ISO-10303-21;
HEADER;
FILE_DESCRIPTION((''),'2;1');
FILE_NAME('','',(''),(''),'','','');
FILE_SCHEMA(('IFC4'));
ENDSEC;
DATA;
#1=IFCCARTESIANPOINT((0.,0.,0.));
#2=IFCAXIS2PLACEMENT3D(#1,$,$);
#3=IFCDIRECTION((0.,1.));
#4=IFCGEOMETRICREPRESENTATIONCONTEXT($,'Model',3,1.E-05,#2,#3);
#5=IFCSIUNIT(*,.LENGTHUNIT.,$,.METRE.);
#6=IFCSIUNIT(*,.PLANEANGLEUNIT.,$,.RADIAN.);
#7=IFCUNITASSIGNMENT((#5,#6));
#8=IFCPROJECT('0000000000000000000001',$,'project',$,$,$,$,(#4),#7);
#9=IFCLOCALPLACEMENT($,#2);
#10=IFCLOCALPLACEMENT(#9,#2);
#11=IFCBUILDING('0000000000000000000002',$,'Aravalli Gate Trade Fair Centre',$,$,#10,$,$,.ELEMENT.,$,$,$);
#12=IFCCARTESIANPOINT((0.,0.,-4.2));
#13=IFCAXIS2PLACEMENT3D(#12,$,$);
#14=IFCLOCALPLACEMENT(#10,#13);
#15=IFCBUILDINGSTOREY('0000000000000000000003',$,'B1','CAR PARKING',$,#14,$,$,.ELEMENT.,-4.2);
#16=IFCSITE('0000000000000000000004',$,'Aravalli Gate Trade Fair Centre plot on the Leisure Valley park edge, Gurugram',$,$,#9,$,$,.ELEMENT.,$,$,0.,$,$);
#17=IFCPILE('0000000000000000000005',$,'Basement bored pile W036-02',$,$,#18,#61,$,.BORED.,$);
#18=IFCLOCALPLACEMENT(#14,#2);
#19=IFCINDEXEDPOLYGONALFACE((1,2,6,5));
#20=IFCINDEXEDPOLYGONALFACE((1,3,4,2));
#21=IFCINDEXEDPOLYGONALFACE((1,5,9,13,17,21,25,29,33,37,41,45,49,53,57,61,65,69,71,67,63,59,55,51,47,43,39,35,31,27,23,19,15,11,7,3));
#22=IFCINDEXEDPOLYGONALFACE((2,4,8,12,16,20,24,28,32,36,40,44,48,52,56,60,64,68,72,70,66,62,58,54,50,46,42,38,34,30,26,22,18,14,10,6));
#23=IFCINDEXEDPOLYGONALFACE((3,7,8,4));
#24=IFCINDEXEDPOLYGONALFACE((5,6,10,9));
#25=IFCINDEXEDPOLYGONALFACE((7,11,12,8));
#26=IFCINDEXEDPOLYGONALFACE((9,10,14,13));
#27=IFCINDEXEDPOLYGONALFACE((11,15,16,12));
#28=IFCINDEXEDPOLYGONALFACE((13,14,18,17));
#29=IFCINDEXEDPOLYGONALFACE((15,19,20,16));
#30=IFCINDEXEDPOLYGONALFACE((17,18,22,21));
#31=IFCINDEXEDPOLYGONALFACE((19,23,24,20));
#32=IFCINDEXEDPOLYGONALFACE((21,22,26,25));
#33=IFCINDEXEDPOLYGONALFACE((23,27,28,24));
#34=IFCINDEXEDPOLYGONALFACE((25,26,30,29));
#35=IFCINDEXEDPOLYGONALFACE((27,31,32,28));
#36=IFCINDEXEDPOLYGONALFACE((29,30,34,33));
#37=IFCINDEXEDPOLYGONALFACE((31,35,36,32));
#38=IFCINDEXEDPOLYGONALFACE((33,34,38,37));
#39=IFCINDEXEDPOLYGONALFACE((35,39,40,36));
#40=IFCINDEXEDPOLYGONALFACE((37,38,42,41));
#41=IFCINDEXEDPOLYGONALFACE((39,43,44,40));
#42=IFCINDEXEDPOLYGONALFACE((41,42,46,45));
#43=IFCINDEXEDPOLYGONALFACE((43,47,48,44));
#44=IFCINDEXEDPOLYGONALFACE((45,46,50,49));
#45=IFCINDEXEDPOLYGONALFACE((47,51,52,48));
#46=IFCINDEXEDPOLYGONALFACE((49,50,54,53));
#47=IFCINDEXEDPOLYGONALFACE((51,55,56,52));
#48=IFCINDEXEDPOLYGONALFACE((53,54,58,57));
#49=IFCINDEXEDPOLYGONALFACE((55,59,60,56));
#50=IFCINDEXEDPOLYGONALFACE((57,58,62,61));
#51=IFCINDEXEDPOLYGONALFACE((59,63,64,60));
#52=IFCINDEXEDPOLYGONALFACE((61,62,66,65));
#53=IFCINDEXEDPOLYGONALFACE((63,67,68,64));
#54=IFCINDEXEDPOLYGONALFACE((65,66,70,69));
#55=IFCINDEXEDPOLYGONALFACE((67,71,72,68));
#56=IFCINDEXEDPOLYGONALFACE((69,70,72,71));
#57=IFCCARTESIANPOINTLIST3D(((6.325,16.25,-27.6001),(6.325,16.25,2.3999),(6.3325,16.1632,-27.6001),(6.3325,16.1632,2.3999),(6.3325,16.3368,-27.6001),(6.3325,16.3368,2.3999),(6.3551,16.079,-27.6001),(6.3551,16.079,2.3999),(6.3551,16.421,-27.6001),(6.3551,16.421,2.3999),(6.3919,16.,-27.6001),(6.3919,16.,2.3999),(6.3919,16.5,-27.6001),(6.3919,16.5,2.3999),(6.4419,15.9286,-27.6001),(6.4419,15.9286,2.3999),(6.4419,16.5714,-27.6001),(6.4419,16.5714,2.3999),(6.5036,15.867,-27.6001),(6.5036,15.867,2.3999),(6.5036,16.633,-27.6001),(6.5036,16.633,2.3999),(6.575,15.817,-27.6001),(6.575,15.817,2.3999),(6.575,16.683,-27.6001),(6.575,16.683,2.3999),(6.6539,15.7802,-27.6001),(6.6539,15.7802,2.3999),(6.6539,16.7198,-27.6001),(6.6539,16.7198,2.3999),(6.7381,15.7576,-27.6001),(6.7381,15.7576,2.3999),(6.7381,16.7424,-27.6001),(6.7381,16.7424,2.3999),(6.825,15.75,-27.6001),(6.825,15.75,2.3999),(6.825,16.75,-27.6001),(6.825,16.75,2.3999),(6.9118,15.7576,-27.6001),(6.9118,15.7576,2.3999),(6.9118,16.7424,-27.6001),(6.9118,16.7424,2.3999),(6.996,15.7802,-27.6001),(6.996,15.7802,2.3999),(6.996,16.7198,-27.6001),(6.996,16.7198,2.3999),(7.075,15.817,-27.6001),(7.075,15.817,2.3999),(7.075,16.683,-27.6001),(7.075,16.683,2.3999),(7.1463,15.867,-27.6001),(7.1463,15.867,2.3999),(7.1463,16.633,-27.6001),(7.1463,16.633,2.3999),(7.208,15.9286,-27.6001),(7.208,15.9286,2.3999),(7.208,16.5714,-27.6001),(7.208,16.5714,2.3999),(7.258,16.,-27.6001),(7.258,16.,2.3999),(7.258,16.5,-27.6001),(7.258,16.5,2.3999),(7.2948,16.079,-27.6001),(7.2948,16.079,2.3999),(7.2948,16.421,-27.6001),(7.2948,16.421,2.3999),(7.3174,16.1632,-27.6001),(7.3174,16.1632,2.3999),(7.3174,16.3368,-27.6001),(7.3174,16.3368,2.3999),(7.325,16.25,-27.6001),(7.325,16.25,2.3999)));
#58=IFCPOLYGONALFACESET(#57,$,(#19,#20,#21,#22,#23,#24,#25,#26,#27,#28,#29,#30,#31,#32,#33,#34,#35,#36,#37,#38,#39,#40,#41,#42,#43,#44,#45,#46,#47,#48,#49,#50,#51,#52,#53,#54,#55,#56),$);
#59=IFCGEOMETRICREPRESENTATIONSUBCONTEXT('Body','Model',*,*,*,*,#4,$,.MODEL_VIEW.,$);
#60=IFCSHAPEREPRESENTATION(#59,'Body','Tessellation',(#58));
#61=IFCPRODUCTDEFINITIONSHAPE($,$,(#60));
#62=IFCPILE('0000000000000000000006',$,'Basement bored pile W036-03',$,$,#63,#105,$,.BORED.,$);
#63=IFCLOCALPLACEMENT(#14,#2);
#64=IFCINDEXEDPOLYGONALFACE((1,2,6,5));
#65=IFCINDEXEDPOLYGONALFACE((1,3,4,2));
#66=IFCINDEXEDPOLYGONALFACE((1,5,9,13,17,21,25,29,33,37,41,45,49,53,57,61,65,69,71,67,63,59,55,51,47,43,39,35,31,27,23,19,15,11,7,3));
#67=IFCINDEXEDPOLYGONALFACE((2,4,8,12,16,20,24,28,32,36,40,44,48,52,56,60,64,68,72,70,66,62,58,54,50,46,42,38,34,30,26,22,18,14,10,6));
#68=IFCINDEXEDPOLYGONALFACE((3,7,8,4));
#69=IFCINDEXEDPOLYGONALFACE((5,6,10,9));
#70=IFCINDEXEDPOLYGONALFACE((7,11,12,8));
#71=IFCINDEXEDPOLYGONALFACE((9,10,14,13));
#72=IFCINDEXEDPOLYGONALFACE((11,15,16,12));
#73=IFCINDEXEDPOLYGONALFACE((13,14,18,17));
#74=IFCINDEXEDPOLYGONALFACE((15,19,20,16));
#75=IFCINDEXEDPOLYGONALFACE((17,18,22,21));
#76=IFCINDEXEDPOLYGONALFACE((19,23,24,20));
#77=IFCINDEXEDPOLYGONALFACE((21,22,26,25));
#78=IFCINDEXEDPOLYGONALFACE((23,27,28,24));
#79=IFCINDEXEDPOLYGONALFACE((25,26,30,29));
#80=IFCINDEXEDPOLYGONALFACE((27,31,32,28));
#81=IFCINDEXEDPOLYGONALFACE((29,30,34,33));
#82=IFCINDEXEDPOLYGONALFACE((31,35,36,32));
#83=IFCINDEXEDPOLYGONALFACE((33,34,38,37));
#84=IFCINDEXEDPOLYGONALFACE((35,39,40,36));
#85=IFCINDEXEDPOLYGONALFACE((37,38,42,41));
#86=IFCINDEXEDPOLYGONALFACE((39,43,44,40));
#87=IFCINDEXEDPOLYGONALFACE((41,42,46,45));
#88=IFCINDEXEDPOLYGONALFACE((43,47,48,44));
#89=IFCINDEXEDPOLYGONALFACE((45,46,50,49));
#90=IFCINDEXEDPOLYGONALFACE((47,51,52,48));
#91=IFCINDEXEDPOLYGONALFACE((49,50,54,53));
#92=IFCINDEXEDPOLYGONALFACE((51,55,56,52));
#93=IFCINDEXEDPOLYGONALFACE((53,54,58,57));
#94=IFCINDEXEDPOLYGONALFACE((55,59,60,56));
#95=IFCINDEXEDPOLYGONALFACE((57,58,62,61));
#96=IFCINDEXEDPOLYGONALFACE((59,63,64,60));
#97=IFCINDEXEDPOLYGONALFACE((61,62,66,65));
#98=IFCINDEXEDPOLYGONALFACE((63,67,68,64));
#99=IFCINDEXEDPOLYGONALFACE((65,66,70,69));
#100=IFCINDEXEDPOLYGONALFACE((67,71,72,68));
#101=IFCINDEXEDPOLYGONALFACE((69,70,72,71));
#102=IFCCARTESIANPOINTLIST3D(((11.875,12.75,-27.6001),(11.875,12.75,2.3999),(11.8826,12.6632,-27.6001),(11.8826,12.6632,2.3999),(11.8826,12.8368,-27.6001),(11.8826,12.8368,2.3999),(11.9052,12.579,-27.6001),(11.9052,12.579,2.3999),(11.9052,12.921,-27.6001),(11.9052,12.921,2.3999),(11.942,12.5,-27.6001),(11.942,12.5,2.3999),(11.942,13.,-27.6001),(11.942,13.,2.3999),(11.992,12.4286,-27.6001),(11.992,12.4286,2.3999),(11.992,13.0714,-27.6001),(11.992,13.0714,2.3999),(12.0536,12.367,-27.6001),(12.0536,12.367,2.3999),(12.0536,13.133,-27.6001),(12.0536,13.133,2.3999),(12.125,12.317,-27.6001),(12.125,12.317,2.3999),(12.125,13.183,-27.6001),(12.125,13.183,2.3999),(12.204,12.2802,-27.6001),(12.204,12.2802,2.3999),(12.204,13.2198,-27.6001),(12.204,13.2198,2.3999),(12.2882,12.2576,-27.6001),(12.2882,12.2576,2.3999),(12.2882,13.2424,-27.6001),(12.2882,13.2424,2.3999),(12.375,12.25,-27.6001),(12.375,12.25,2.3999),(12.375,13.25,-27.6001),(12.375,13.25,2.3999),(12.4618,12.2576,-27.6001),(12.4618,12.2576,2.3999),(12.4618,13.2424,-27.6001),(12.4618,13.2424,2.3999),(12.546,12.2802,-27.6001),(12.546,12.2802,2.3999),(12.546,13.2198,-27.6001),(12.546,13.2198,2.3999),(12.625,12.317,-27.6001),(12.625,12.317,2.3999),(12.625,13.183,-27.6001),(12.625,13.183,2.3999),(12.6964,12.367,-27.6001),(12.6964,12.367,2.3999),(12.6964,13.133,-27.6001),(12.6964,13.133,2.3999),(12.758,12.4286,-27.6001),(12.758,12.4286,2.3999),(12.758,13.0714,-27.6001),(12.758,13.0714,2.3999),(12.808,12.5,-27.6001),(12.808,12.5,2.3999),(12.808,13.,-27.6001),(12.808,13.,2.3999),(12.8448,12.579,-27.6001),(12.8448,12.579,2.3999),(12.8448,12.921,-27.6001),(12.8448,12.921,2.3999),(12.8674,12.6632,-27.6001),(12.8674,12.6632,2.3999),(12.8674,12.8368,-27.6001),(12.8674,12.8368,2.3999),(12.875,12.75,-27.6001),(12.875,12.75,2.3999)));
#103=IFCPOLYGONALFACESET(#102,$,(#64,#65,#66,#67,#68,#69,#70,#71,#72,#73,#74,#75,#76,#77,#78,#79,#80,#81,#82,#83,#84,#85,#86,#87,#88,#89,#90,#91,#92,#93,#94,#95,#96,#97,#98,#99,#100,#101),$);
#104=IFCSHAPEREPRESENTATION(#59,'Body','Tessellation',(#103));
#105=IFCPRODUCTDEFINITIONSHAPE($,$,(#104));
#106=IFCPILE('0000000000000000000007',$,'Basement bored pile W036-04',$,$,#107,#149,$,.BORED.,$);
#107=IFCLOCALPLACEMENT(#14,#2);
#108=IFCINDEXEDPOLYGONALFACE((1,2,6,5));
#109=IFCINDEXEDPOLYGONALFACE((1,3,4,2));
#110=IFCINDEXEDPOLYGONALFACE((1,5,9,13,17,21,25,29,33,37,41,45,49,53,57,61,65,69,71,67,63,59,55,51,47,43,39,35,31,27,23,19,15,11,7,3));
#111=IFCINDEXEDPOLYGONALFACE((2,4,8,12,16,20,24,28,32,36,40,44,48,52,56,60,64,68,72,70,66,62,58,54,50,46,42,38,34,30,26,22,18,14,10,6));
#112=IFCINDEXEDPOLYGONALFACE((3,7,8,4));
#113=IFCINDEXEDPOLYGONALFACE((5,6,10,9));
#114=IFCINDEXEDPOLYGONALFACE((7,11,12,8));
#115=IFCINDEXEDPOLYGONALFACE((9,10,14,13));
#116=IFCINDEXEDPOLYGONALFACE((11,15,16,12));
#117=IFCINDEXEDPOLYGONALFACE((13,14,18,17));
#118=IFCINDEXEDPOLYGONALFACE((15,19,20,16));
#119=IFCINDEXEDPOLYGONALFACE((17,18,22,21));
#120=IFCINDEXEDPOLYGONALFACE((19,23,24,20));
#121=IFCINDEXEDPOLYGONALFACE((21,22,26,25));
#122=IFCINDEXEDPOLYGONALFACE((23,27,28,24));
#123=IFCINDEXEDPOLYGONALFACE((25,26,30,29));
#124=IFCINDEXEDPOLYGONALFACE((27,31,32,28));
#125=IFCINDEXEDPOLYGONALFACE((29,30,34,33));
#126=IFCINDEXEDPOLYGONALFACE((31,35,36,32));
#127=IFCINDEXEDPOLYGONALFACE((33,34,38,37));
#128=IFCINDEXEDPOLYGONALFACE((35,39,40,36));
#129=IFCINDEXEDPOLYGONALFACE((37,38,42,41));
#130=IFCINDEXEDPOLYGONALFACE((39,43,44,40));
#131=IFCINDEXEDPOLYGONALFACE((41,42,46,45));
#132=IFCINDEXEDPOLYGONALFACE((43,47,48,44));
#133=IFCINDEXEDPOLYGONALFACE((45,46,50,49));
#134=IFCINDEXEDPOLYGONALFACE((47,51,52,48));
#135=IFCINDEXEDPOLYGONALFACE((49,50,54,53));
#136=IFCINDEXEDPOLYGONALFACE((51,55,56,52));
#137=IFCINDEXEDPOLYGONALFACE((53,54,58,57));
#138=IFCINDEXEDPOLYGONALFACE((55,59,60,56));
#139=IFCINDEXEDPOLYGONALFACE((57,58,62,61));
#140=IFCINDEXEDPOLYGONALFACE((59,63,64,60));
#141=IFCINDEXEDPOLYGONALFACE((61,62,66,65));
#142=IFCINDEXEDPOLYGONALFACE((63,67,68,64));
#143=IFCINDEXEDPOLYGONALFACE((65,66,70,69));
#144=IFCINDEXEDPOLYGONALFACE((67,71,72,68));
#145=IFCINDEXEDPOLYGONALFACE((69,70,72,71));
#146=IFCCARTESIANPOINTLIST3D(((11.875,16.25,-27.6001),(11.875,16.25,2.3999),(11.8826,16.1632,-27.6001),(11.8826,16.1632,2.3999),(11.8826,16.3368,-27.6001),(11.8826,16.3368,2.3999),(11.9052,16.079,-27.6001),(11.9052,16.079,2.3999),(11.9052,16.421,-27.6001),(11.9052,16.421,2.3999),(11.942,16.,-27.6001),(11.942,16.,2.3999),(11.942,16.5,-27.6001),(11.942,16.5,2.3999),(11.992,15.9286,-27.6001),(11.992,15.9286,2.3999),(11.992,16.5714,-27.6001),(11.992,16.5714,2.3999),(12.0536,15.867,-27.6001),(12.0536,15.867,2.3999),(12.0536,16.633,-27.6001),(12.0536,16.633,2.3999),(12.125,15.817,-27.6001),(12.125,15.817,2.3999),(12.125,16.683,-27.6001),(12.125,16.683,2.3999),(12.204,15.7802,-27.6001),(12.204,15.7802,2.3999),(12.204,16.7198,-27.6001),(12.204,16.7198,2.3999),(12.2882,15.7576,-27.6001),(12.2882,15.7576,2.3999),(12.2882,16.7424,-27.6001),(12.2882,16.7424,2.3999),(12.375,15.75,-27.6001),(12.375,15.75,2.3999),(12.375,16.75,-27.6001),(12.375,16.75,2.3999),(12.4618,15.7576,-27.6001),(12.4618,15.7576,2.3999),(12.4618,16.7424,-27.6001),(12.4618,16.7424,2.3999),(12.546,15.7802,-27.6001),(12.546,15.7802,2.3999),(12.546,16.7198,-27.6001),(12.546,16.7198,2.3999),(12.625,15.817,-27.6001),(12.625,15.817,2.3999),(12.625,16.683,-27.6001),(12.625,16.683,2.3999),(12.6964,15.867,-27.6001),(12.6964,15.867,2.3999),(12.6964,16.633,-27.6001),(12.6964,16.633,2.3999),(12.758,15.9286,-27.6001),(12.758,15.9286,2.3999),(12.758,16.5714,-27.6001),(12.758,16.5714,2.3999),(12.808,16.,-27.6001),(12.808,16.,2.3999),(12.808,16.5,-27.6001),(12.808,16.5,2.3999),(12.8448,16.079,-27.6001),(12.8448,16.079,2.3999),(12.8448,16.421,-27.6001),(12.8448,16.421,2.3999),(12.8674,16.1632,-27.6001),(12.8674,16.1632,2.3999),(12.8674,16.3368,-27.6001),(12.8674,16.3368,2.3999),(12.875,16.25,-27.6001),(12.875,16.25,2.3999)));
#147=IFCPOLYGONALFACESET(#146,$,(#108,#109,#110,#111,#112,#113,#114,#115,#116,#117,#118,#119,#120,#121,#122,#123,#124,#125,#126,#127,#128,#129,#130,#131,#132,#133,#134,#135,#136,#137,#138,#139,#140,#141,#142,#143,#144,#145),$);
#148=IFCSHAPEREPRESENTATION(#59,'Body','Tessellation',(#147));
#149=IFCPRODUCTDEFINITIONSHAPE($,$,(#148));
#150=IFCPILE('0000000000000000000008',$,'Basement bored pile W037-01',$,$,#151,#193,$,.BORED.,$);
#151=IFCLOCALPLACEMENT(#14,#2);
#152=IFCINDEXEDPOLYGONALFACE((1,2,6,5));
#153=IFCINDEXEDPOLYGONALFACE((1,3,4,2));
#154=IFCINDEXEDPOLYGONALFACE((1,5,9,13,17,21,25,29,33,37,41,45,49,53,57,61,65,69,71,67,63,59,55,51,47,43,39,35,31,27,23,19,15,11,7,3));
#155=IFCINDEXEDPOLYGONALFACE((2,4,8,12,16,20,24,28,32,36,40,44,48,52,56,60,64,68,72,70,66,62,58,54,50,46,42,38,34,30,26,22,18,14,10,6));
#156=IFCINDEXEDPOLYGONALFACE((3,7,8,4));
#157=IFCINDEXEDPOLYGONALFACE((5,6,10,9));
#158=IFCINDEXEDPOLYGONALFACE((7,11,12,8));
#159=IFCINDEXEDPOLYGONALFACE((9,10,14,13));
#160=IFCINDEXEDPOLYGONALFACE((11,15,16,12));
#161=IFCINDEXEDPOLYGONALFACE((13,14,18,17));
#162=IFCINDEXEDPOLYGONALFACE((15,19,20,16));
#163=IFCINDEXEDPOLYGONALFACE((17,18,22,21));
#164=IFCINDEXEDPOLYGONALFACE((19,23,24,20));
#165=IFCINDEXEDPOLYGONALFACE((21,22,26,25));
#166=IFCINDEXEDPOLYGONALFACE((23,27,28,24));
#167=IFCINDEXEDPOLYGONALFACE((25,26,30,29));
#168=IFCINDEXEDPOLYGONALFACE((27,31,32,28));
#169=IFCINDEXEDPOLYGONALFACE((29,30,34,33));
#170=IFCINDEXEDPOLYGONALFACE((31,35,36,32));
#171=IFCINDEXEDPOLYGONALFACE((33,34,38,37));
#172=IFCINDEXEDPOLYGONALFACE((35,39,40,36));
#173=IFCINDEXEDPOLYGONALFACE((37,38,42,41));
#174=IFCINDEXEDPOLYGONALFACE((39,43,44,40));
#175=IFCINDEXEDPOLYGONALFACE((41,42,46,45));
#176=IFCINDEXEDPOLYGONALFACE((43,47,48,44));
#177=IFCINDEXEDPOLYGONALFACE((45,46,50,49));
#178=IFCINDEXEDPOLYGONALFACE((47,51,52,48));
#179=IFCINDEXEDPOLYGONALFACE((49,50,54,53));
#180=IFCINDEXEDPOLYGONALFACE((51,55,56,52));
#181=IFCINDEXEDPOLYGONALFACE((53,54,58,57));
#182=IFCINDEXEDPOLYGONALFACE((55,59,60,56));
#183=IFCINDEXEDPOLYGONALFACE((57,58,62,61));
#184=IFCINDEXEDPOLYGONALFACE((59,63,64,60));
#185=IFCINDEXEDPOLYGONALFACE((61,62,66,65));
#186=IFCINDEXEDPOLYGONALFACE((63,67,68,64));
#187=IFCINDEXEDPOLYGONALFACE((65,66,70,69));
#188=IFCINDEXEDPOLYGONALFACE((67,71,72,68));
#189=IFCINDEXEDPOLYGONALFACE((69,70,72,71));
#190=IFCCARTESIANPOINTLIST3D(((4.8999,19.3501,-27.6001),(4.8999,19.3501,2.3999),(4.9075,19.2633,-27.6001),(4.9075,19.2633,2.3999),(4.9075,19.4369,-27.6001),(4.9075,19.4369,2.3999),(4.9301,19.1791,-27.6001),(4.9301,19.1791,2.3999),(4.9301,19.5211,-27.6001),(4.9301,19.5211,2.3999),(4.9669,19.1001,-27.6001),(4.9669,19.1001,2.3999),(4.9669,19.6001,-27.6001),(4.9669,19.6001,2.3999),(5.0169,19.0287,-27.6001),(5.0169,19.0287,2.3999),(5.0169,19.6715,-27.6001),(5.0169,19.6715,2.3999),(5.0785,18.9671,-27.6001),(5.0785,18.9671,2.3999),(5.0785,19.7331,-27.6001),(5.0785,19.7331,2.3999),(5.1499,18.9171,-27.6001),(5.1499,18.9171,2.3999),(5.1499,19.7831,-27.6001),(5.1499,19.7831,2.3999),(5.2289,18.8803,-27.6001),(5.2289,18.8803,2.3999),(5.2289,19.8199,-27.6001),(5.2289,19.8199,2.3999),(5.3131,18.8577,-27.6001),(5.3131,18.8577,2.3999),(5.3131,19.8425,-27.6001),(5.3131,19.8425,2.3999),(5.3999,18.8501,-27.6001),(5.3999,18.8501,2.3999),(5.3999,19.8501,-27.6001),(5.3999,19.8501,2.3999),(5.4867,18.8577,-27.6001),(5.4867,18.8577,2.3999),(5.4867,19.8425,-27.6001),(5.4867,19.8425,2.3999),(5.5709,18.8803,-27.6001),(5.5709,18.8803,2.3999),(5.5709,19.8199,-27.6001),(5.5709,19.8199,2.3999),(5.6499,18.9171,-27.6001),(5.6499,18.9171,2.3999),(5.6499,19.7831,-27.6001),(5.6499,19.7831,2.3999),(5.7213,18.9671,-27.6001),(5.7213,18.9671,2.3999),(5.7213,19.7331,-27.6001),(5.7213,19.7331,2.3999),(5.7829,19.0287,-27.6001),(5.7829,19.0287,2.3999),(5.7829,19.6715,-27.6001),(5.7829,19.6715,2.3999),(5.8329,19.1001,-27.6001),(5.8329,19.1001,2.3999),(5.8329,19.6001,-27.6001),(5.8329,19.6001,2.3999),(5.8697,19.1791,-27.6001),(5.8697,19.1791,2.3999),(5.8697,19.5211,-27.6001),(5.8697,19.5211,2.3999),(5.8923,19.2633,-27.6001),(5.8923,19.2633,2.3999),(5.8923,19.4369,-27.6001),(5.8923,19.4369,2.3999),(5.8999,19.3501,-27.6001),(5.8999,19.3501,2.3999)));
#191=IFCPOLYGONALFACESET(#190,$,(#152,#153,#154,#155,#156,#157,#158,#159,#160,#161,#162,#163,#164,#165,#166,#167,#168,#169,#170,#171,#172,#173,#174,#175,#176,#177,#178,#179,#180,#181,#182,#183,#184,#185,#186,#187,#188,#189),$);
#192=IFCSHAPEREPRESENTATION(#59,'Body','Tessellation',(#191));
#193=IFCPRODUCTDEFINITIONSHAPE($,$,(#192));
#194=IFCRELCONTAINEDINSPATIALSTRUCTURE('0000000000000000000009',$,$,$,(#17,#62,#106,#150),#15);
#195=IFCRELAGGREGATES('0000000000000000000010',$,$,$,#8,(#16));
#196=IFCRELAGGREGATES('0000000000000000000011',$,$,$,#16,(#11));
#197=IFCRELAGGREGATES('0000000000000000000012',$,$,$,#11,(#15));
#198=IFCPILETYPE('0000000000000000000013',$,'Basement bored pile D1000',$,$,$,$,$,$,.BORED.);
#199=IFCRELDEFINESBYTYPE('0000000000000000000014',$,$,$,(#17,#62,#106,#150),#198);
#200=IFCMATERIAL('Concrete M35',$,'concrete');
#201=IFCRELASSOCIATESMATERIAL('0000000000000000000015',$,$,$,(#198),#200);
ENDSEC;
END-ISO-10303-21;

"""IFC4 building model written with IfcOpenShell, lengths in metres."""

from ifc_helpers import new_model, si_unit, direction, frame, origin, origin_2d, place, context, subcontext, project, spatial, circle, extrude, material, material_profile, profile_set, type_object, element, save


model = new_model("IFC4")

# Units and contexts
model_context = context("Model", 3, precision=1e-05, world=origin(), true_north=direction((0.0, 1.0)))
body_context = subcontext(model_context, "Body", "Model", "MODEL_VIEW")
ifc_project = project(units=[si_unit("LENGTHUNIT", "METRE"), si_unit("PLANEANGLEUNIT", "RADIAN")], contexts=[model_context])

# Site, building, storey
site_placement = place(None, origin())
site = spatial("IfcSite", under=ifc_project, at=site_placement, Name="Aravalli Gate Trade Fair Centre plot on the Leisure Valley park edge, Gurugram", CompositionType="ELEMENT", RefElevation=0.0)
building_placement = place(site_placement, origin())
building = spatial("IfcBuilding", under=site, at=building_placement, Name="Aravalli Gate Trade Fair Centre", CompositionType="ELEMENT")
storey_placement = place(building_placement, frame((0.0, 0.0, -4.2)))
storey = spatial("IfcBuildingStorey", under=building, at=storey_placement, Name="B1", Description="CAR PARKING", CompositionType="ELEMENT", Elevation=-4.2)

# Piles
ifc_material = material(Name="Concrete M35", Category="concrete")
ifc_material_profile = material_profile(ifc_material, circle(Radius=0.5, at=origin_2d()), Name="D1000")
ifc_profile_set = profile_set([ifc_material_profile], Name="Concrete M35")
pile_type = type_object("IfcPileType", Name="Basement bored pile D1000", PredefinedType="BORED", material=ifc_profile_set)
for number, where, z_axis, x_axis, name in (
    (1, (6.825, 16.25, 2.3999), (0.0, 0.0, -1.0), (1.0, 0.0, 0.0), "Basement bored pile W036-02"),
    (2, (12.375, 12.75, 2.3999), (0.0, 0.0, -1.0), (1.0, 0.0, 0.0), "Basement bored pile W036-03"),
    (3, (12.375, 16.25, 2.3999), (0.0, 0.0, -1.0), (1.0, 0.0, 0.0), "Basement bored pile W036-04"),
    (4, (5.3999, 19.3501, 2.3999), (0.0, 0.0, -1.0), (1.0, 0.0, 0.0), "Basement bored pile W037-01"),
):
    element("IfcPile", number, at=place(storey_placement, frame(where, z_axis=z_axis, x_axis=x_axis)), inside=storey, type_object=pile_type, Name=name, PredefinedType="BORED", context=body_context, shape_type="SweptSolid", body=[
        extrude(circle(Radius=0.5, at=origin_2d()), origin(), (0.0, 0.0, 1.0), 30.0),
    ])

save(model, "model.ifc")
